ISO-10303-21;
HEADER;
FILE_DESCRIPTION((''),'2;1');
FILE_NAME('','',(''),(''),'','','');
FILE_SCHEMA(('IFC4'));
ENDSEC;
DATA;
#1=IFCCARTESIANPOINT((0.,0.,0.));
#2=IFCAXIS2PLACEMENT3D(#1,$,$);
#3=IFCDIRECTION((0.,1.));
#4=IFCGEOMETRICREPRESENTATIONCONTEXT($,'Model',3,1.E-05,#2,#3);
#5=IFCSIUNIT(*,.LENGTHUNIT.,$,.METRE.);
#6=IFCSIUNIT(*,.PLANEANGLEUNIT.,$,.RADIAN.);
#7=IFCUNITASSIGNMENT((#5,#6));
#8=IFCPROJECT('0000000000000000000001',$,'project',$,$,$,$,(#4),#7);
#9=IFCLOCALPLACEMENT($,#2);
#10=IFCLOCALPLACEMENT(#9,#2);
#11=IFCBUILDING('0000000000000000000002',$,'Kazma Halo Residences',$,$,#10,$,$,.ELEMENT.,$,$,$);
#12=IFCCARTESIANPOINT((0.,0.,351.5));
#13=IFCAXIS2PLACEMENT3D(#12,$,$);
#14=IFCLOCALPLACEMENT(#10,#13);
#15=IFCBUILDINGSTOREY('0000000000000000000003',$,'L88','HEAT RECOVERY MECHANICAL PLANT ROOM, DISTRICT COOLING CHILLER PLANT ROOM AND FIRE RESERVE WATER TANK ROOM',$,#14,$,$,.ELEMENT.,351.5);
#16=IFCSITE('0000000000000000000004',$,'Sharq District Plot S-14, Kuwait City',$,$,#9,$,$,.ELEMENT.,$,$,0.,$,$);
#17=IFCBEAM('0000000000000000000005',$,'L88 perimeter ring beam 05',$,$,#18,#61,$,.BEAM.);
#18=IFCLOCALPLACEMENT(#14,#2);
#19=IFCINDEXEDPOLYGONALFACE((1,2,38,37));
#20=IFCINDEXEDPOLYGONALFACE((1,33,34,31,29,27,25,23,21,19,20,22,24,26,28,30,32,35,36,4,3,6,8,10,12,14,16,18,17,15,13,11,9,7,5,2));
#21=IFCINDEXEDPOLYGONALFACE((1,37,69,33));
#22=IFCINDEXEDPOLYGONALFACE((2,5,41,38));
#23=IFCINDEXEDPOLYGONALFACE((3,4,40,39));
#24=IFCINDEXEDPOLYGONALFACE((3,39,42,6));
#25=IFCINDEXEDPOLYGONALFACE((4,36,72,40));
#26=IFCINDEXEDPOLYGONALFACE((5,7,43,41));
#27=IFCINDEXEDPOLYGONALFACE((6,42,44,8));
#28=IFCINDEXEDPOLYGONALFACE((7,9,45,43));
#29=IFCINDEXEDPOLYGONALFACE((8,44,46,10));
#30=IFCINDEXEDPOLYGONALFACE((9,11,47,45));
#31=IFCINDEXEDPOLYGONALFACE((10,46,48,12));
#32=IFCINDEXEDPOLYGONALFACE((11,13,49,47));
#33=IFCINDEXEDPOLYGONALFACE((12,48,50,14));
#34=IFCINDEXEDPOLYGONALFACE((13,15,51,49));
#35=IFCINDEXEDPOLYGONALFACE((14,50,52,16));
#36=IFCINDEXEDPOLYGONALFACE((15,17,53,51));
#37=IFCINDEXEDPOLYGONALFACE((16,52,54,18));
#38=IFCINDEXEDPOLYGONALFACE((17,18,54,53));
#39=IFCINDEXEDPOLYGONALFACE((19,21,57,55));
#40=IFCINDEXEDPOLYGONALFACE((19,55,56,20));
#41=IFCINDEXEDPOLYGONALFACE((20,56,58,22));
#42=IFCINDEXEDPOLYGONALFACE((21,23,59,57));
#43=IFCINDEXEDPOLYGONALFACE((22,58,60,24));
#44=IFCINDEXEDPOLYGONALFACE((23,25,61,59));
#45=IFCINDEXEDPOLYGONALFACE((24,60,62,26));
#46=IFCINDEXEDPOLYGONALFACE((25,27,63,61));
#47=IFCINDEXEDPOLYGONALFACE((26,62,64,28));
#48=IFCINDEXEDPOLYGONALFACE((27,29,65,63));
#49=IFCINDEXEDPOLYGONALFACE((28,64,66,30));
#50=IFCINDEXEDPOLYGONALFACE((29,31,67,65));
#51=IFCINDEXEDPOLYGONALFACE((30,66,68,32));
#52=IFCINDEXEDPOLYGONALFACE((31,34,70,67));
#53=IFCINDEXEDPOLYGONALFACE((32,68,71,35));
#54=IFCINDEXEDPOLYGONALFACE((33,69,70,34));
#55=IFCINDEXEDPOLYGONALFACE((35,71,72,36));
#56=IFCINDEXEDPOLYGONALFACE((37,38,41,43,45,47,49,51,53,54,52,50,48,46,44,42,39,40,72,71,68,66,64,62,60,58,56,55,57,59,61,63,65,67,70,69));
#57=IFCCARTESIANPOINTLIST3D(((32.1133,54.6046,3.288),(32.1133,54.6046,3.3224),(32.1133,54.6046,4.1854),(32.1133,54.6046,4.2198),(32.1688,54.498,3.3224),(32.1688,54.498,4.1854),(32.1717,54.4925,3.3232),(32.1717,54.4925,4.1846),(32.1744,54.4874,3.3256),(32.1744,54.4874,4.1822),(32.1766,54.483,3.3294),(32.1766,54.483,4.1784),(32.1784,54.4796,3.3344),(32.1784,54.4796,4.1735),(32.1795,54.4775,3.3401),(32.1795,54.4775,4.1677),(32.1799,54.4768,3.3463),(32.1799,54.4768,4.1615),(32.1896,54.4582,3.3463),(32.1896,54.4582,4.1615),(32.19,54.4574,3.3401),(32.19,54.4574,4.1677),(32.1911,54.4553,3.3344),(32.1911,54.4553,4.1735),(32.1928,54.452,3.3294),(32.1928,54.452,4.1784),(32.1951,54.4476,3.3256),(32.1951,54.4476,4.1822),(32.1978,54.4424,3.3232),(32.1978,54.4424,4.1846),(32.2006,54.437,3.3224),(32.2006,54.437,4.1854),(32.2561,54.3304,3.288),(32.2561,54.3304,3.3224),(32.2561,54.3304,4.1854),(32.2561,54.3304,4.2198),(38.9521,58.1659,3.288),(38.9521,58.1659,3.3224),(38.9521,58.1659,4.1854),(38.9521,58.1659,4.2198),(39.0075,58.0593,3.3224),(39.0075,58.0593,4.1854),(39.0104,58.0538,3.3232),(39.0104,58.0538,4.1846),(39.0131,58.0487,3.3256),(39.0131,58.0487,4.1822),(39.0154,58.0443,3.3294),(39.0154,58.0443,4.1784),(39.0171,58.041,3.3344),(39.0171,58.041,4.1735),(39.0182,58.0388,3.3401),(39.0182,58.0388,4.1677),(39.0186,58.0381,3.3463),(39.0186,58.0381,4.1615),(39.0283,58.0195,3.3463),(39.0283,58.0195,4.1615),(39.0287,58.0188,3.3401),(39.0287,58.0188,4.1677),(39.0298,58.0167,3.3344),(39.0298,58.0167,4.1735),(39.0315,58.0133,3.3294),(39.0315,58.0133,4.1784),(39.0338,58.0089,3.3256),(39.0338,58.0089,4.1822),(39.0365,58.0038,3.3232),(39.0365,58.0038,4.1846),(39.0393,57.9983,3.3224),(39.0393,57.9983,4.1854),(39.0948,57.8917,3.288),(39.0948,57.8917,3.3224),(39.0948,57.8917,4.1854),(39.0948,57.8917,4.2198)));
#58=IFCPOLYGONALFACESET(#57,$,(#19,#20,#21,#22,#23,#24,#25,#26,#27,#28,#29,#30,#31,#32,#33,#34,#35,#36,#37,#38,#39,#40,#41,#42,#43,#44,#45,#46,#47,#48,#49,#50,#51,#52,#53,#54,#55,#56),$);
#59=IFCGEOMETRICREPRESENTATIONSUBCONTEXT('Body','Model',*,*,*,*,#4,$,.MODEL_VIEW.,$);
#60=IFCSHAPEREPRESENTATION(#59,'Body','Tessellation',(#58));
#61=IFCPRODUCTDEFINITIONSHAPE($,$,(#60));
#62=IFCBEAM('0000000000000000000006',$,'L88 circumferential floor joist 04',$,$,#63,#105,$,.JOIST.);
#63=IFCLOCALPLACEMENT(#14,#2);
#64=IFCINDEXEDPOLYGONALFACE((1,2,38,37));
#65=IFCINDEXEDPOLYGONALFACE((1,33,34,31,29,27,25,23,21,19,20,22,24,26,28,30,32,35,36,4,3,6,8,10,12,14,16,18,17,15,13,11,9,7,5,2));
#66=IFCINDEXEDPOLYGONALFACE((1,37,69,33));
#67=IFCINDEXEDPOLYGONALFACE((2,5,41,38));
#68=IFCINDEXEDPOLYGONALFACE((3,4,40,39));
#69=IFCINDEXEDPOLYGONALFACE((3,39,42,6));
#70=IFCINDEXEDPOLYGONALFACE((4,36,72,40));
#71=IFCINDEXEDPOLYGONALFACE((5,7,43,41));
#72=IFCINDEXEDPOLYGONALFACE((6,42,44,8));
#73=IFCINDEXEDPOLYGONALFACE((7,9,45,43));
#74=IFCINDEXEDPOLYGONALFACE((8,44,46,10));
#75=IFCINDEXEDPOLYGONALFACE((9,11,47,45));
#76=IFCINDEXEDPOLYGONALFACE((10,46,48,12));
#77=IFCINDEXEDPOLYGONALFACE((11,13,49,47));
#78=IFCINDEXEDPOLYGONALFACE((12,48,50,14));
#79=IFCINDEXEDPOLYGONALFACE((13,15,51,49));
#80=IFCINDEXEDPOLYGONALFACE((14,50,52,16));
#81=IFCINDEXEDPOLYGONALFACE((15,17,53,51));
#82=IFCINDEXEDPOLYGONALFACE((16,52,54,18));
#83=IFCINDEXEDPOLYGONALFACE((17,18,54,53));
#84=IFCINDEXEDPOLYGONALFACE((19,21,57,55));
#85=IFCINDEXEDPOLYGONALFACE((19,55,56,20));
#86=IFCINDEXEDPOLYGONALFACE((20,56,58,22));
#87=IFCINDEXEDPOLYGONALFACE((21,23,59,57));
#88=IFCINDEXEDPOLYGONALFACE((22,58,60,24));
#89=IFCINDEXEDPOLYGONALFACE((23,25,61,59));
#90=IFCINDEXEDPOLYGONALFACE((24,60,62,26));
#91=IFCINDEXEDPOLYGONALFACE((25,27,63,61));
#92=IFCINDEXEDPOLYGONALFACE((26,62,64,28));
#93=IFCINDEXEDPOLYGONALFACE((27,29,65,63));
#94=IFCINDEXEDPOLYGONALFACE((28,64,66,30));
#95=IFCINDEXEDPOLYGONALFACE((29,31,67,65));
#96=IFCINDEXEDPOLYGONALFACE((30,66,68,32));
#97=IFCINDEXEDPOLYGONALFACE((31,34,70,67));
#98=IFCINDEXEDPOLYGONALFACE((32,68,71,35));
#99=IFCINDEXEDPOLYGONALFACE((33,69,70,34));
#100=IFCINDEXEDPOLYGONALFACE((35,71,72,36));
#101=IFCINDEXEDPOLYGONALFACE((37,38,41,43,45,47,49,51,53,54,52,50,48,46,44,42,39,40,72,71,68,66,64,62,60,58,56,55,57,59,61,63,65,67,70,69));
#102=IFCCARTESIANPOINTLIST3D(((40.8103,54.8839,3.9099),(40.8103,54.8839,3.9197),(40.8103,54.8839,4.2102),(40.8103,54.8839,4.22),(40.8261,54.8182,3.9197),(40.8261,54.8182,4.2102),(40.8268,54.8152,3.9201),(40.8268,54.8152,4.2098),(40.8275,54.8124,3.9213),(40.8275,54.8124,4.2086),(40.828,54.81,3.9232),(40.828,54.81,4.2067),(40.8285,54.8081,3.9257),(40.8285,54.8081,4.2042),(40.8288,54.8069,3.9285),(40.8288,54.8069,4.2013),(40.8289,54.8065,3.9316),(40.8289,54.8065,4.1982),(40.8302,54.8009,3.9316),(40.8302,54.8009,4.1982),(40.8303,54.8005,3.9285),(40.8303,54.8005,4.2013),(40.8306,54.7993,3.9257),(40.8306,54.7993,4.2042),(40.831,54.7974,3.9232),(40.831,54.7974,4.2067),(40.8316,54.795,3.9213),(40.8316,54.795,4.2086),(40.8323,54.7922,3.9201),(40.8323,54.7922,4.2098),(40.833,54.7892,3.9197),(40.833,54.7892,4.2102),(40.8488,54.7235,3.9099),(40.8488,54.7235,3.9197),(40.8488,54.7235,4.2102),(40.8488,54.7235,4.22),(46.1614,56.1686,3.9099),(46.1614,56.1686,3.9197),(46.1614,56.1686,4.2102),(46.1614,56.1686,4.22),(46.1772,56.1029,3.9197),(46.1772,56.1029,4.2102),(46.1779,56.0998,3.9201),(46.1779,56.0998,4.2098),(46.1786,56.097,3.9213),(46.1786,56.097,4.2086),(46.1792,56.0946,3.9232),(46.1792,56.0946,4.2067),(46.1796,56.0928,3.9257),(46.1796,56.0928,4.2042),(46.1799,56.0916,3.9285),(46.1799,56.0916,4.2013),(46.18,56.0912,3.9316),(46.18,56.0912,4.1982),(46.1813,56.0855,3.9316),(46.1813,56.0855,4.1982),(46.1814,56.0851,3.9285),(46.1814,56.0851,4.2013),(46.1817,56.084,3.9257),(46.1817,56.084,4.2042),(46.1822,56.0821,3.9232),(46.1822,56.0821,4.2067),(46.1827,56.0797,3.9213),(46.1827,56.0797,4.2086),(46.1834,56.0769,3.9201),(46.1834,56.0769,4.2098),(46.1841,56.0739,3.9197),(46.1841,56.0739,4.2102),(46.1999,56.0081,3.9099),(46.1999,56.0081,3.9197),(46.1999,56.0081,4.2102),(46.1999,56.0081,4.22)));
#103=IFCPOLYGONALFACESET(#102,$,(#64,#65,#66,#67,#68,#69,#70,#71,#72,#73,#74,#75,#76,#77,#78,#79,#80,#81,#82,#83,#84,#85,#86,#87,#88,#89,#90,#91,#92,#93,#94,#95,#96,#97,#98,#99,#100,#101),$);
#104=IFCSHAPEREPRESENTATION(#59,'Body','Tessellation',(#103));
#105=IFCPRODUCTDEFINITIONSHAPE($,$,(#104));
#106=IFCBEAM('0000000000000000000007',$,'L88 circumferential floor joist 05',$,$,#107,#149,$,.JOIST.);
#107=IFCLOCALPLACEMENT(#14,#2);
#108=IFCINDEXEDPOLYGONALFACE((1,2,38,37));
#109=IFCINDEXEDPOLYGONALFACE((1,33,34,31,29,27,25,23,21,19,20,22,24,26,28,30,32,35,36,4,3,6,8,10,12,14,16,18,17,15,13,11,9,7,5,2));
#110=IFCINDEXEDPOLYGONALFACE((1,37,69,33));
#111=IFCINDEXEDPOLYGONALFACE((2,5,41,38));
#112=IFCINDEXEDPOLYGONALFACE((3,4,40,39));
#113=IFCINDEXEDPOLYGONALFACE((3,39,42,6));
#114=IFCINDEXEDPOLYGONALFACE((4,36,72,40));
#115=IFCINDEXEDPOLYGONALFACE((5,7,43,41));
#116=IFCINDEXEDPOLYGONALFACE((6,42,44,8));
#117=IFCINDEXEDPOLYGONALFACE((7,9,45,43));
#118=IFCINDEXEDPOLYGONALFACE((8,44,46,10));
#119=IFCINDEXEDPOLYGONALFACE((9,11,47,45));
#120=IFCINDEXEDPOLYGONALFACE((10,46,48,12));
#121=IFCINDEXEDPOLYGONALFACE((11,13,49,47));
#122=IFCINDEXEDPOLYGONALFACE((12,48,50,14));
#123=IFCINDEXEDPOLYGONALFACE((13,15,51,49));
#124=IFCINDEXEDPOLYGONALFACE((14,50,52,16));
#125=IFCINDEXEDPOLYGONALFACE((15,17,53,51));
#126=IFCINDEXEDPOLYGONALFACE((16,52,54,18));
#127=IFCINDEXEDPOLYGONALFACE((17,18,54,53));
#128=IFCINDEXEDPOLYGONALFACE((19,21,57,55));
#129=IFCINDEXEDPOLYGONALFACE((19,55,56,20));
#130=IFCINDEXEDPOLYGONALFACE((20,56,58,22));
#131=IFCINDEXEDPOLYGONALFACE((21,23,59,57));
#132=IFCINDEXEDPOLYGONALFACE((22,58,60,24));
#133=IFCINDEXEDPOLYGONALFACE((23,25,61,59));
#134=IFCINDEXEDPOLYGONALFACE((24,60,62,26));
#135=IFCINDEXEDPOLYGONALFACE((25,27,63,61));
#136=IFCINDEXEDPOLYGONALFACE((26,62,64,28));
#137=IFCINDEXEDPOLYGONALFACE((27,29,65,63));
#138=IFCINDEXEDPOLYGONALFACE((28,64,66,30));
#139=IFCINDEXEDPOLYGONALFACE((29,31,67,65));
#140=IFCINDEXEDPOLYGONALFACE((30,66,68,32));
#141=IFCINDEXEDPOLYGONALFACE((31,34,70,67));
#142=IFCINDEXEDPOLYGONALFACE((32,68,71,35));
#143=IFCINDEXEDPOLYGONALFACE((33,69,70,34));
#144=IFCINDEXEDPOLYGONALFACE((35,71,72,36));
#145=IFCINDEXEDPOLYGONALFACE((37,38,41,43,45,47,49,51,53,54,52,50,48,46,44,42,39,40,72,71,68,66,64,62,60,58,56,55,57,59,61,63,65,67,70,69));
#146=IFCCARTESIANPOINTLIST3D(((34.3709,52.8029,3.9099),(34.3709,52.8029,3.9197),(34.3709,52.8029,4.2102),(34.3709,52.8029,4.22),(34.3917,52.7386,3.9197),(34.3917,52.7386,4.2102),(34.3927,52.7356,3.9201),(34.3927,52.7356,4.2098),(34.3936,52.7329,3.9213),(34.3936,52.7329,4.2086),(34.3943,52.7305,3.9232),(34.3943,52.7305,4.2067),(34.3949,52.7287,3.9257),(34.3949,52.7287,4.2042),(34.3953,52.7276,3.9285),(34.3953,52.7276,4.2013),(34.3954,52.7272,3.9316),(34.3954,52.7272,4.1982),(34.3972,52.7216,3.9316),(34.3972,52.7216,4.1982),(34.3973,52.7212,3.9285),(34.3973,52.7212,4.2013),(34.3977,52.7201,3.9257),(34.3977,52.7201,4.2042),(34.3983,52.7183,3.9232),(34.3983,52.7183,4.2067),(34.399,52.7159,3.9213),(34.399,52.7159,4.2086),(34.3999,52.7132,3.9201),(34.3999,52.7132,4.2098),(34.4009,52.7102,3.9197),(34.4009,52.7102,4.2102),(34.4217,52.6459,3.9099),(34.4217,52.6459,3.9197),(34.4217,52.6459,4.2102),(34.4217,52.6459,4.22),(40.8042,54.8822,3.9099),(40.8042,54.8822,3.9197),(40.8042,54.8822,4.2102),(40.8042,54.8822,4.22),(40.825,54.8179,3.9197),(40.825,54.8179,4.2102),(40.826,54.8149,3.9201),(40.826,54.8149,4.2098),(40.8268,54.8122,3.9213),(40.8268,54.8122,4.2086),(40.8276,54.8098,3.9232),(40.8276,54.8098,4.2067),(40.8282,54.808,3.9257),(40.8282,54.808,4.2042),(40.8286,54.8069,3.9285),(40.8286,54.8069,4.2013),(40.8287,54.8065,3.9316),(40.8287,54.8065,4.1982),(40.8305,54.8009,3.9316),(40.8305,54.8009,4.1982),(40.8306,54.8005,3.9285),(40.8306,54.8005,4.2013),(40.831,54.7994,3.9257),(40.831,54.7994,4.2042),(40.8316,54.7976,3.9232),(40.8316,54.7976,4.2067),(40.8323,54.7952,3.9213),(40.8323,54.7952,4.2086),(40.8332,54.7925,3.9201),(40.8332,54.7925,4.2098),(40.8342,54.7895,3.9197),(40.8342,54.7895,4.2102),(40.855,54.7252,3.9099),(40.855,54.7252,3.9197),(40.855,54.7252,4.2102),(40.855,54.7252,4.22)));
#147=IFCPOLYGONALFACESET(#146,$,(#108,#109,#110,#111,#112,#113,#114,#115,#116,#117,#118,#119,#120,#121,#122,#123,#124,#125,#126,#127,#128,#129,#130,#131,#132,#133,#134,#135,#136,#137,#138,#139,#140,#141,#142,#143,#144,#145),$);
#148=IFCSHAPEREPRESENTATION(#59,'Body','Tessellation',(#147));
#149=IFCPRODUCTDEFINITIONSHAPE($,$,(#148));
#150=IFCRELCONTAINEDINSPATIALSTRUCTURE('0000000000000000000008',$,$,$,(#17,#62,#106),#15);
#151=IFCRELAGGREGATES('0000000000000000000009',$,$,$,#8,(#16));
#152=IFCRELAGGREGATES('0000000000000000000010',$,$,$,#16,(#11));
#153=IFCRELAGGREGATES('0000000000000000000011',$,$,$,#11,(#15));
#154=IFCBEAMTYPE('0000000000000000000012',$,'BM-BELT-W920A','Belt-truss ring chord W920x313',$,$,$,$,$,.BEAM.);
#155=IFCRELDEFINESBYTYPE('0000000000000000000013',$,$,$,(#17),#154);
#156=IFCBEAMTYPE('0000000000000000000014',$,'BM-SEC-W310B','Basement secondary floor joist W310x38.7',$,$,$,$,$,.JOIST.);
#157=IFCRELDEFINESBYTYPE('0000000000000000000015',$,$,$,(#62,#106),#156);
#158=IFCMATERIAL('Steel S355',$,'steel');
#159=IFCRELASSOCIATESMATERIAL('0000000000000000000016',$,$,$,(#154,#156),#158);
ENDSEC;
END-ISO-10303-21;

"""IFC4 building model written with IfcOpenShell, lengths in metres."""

from ifc_helpers import new_model, si_unit, direction, frame, origin, origin_2d, place, context, subcontext, project, spatial, i_section, extrude, material, material_profile, profile_set, type_object, element, save


model = new_model("IFC4")

# Units and contexts
model_context = context("Model", 3, precision=1e-05, world=origin(), true_north=direction((0.0, 1.0)))
body_context = subcontext(model_context, "Body", "Model", "MODEL_VIEW")
ifc_project = project(units=[si_unit("LENGTHUNIT", "METRE"), si_unit("PLANEANGLEUNIT", "RADIAN")], contexts=[model_context])

# Site, building, storey
site_placement = place(None, origin())
site = spatial("IfcSite", under=ifc_project, at=site_placement, Name="Sharq District Plot S-14, Kuwait City", CompositionType="ELEMENT", RefElevation=0.0)
building_placement = place(site_placement, origin())
building = spatial("IfcBuilding", under=site, at=building_placement, Name="Kazma Halo Residences", CompositionType="ELEMENT")
storey_placement = place(building_placement, frame((0.0, 0.0, 351.5)))
storey = spatial("IfcBuildingStorey", under=building, at=storey_placement, Name="L88", Description="HEAT RECOVERY MECHANICAL PLANT ROOM, DISTRICT COOLING CHILLER PLANT ROOM AND FIRE RESERVE WATER TANK ROOM", CompositionType="ELEMENT", Elevation=351.5)

# Shared definitions
ifc_material_1 = material(Name="Steel S355", Category="steel")

# Beams
ifc_material_profile_1 = material_profile(ifc_material_1, i_section(OverallWidth=0.3091, OverallDepth=0.9319, WebThickness=0.021, FlangeThickness=0.0344, FilletRadius=0.0239, at=origin_2d()), Name="W920x313")
ifc_profile_set_1 = profile_set([ifc_material_profile_1], Name="Steel S355")
beam_type_1 = type_object("IfcBeamType", Name="BM-BELT-W920A", Description="Belt-truss ring chord W920x313", PredefinedType="BEAM", material=ifc_profile_set_1)
beam_1_placement = place(storey_placement, frame((39.0234, 58.0288, 3.7539), z_axis=(-0.886941, -0.461883, 0.0), x_axis=(0.461883, -0.886941, 0.0)))
element("IfcBeam", 1, at=beam_1_placement, inside=storey, type_object=beam_type_1, Name="L88 perimeter ring beam 05", PredefinedType="BEAM", context=body_context, shape_type="SweptSolid", body=[
    extrude(i_section(OverallWidth=0.3091, OverallDepth=0.9319, WebThickness=0.021, FlangeThickness=0.0344, FilletRadius=0.0239, at=origin_2d()), origin(), (0.0, 0.0, 1.0), 7.7104),
])
ifc_material_profile_2 = material_profile(ifc_material_1, i_section(OverallWidth=0.165, OverallDepth=0.3101, WebThickness=0.0059, FlangeThickness=0.0098, FilletRadius=0.012, at=origin_2d()), Name="W310x38.7")
ifc_profile_set_2 = profile_set([ifc_material_profile_2], Name="Steel S355")
beam_type_2 = type_object("IfcBeamType", Name="BM-SEC-W310B", Description="Basement secondary floor joist W310x38.7", PredefinedType="JOIST", material=ifc_profile_set_2)
beam_2_placement = place(storey_placement, frame((46.1807, 56.0884, 4.0649), z_axis=(-0.97237, -0.233443, 0.0), x_axis=(0.233443, -0.97237, 0.0)))
element("IfcBeam", 2, at=beam_2_placement, inside=storey, type_object=beam_type_2, Name="L88 circumferential floor joist 04", PredefinedType="JOIST", context=body_context, shape_type="SweptSolid", body=[
    extrude(i_section(OverallWidth=0.165, OverallDepth=0.3101, WebThickness=0.0059, FlangeThickness=0.0098, FilletRadius=0.012, at=origin_2d()), origin(), (0.0, 0.0, 1.0), 5.5032),
])
beam_3_placement = place(storey_placement, frame((40.8296, 54.8037, 4.0649), z_axis=(-0.951533, -0.307548, 0.0), x_axis=(0.307548, -0.951533, 0.0)))
element("IfcBeam", 3, at=beam_3_placement, inside=storey, type_object=beam_type_2, Name="L88 circumferential floor joist 05", PredefinedType="JOIST", context=body_context, shape_type="SweptSolid", body=[
    extrude(i_section(OverallWidth=0.165, OverallDepth=0.3101, WebThickness=0.0059, FlangeThickness=0.0098, FilletRadius=0.012, at=origin_2d()), origin(), (0.0, 0.0, 1.0), 6.761),
])

save(model, "model.ifc")
